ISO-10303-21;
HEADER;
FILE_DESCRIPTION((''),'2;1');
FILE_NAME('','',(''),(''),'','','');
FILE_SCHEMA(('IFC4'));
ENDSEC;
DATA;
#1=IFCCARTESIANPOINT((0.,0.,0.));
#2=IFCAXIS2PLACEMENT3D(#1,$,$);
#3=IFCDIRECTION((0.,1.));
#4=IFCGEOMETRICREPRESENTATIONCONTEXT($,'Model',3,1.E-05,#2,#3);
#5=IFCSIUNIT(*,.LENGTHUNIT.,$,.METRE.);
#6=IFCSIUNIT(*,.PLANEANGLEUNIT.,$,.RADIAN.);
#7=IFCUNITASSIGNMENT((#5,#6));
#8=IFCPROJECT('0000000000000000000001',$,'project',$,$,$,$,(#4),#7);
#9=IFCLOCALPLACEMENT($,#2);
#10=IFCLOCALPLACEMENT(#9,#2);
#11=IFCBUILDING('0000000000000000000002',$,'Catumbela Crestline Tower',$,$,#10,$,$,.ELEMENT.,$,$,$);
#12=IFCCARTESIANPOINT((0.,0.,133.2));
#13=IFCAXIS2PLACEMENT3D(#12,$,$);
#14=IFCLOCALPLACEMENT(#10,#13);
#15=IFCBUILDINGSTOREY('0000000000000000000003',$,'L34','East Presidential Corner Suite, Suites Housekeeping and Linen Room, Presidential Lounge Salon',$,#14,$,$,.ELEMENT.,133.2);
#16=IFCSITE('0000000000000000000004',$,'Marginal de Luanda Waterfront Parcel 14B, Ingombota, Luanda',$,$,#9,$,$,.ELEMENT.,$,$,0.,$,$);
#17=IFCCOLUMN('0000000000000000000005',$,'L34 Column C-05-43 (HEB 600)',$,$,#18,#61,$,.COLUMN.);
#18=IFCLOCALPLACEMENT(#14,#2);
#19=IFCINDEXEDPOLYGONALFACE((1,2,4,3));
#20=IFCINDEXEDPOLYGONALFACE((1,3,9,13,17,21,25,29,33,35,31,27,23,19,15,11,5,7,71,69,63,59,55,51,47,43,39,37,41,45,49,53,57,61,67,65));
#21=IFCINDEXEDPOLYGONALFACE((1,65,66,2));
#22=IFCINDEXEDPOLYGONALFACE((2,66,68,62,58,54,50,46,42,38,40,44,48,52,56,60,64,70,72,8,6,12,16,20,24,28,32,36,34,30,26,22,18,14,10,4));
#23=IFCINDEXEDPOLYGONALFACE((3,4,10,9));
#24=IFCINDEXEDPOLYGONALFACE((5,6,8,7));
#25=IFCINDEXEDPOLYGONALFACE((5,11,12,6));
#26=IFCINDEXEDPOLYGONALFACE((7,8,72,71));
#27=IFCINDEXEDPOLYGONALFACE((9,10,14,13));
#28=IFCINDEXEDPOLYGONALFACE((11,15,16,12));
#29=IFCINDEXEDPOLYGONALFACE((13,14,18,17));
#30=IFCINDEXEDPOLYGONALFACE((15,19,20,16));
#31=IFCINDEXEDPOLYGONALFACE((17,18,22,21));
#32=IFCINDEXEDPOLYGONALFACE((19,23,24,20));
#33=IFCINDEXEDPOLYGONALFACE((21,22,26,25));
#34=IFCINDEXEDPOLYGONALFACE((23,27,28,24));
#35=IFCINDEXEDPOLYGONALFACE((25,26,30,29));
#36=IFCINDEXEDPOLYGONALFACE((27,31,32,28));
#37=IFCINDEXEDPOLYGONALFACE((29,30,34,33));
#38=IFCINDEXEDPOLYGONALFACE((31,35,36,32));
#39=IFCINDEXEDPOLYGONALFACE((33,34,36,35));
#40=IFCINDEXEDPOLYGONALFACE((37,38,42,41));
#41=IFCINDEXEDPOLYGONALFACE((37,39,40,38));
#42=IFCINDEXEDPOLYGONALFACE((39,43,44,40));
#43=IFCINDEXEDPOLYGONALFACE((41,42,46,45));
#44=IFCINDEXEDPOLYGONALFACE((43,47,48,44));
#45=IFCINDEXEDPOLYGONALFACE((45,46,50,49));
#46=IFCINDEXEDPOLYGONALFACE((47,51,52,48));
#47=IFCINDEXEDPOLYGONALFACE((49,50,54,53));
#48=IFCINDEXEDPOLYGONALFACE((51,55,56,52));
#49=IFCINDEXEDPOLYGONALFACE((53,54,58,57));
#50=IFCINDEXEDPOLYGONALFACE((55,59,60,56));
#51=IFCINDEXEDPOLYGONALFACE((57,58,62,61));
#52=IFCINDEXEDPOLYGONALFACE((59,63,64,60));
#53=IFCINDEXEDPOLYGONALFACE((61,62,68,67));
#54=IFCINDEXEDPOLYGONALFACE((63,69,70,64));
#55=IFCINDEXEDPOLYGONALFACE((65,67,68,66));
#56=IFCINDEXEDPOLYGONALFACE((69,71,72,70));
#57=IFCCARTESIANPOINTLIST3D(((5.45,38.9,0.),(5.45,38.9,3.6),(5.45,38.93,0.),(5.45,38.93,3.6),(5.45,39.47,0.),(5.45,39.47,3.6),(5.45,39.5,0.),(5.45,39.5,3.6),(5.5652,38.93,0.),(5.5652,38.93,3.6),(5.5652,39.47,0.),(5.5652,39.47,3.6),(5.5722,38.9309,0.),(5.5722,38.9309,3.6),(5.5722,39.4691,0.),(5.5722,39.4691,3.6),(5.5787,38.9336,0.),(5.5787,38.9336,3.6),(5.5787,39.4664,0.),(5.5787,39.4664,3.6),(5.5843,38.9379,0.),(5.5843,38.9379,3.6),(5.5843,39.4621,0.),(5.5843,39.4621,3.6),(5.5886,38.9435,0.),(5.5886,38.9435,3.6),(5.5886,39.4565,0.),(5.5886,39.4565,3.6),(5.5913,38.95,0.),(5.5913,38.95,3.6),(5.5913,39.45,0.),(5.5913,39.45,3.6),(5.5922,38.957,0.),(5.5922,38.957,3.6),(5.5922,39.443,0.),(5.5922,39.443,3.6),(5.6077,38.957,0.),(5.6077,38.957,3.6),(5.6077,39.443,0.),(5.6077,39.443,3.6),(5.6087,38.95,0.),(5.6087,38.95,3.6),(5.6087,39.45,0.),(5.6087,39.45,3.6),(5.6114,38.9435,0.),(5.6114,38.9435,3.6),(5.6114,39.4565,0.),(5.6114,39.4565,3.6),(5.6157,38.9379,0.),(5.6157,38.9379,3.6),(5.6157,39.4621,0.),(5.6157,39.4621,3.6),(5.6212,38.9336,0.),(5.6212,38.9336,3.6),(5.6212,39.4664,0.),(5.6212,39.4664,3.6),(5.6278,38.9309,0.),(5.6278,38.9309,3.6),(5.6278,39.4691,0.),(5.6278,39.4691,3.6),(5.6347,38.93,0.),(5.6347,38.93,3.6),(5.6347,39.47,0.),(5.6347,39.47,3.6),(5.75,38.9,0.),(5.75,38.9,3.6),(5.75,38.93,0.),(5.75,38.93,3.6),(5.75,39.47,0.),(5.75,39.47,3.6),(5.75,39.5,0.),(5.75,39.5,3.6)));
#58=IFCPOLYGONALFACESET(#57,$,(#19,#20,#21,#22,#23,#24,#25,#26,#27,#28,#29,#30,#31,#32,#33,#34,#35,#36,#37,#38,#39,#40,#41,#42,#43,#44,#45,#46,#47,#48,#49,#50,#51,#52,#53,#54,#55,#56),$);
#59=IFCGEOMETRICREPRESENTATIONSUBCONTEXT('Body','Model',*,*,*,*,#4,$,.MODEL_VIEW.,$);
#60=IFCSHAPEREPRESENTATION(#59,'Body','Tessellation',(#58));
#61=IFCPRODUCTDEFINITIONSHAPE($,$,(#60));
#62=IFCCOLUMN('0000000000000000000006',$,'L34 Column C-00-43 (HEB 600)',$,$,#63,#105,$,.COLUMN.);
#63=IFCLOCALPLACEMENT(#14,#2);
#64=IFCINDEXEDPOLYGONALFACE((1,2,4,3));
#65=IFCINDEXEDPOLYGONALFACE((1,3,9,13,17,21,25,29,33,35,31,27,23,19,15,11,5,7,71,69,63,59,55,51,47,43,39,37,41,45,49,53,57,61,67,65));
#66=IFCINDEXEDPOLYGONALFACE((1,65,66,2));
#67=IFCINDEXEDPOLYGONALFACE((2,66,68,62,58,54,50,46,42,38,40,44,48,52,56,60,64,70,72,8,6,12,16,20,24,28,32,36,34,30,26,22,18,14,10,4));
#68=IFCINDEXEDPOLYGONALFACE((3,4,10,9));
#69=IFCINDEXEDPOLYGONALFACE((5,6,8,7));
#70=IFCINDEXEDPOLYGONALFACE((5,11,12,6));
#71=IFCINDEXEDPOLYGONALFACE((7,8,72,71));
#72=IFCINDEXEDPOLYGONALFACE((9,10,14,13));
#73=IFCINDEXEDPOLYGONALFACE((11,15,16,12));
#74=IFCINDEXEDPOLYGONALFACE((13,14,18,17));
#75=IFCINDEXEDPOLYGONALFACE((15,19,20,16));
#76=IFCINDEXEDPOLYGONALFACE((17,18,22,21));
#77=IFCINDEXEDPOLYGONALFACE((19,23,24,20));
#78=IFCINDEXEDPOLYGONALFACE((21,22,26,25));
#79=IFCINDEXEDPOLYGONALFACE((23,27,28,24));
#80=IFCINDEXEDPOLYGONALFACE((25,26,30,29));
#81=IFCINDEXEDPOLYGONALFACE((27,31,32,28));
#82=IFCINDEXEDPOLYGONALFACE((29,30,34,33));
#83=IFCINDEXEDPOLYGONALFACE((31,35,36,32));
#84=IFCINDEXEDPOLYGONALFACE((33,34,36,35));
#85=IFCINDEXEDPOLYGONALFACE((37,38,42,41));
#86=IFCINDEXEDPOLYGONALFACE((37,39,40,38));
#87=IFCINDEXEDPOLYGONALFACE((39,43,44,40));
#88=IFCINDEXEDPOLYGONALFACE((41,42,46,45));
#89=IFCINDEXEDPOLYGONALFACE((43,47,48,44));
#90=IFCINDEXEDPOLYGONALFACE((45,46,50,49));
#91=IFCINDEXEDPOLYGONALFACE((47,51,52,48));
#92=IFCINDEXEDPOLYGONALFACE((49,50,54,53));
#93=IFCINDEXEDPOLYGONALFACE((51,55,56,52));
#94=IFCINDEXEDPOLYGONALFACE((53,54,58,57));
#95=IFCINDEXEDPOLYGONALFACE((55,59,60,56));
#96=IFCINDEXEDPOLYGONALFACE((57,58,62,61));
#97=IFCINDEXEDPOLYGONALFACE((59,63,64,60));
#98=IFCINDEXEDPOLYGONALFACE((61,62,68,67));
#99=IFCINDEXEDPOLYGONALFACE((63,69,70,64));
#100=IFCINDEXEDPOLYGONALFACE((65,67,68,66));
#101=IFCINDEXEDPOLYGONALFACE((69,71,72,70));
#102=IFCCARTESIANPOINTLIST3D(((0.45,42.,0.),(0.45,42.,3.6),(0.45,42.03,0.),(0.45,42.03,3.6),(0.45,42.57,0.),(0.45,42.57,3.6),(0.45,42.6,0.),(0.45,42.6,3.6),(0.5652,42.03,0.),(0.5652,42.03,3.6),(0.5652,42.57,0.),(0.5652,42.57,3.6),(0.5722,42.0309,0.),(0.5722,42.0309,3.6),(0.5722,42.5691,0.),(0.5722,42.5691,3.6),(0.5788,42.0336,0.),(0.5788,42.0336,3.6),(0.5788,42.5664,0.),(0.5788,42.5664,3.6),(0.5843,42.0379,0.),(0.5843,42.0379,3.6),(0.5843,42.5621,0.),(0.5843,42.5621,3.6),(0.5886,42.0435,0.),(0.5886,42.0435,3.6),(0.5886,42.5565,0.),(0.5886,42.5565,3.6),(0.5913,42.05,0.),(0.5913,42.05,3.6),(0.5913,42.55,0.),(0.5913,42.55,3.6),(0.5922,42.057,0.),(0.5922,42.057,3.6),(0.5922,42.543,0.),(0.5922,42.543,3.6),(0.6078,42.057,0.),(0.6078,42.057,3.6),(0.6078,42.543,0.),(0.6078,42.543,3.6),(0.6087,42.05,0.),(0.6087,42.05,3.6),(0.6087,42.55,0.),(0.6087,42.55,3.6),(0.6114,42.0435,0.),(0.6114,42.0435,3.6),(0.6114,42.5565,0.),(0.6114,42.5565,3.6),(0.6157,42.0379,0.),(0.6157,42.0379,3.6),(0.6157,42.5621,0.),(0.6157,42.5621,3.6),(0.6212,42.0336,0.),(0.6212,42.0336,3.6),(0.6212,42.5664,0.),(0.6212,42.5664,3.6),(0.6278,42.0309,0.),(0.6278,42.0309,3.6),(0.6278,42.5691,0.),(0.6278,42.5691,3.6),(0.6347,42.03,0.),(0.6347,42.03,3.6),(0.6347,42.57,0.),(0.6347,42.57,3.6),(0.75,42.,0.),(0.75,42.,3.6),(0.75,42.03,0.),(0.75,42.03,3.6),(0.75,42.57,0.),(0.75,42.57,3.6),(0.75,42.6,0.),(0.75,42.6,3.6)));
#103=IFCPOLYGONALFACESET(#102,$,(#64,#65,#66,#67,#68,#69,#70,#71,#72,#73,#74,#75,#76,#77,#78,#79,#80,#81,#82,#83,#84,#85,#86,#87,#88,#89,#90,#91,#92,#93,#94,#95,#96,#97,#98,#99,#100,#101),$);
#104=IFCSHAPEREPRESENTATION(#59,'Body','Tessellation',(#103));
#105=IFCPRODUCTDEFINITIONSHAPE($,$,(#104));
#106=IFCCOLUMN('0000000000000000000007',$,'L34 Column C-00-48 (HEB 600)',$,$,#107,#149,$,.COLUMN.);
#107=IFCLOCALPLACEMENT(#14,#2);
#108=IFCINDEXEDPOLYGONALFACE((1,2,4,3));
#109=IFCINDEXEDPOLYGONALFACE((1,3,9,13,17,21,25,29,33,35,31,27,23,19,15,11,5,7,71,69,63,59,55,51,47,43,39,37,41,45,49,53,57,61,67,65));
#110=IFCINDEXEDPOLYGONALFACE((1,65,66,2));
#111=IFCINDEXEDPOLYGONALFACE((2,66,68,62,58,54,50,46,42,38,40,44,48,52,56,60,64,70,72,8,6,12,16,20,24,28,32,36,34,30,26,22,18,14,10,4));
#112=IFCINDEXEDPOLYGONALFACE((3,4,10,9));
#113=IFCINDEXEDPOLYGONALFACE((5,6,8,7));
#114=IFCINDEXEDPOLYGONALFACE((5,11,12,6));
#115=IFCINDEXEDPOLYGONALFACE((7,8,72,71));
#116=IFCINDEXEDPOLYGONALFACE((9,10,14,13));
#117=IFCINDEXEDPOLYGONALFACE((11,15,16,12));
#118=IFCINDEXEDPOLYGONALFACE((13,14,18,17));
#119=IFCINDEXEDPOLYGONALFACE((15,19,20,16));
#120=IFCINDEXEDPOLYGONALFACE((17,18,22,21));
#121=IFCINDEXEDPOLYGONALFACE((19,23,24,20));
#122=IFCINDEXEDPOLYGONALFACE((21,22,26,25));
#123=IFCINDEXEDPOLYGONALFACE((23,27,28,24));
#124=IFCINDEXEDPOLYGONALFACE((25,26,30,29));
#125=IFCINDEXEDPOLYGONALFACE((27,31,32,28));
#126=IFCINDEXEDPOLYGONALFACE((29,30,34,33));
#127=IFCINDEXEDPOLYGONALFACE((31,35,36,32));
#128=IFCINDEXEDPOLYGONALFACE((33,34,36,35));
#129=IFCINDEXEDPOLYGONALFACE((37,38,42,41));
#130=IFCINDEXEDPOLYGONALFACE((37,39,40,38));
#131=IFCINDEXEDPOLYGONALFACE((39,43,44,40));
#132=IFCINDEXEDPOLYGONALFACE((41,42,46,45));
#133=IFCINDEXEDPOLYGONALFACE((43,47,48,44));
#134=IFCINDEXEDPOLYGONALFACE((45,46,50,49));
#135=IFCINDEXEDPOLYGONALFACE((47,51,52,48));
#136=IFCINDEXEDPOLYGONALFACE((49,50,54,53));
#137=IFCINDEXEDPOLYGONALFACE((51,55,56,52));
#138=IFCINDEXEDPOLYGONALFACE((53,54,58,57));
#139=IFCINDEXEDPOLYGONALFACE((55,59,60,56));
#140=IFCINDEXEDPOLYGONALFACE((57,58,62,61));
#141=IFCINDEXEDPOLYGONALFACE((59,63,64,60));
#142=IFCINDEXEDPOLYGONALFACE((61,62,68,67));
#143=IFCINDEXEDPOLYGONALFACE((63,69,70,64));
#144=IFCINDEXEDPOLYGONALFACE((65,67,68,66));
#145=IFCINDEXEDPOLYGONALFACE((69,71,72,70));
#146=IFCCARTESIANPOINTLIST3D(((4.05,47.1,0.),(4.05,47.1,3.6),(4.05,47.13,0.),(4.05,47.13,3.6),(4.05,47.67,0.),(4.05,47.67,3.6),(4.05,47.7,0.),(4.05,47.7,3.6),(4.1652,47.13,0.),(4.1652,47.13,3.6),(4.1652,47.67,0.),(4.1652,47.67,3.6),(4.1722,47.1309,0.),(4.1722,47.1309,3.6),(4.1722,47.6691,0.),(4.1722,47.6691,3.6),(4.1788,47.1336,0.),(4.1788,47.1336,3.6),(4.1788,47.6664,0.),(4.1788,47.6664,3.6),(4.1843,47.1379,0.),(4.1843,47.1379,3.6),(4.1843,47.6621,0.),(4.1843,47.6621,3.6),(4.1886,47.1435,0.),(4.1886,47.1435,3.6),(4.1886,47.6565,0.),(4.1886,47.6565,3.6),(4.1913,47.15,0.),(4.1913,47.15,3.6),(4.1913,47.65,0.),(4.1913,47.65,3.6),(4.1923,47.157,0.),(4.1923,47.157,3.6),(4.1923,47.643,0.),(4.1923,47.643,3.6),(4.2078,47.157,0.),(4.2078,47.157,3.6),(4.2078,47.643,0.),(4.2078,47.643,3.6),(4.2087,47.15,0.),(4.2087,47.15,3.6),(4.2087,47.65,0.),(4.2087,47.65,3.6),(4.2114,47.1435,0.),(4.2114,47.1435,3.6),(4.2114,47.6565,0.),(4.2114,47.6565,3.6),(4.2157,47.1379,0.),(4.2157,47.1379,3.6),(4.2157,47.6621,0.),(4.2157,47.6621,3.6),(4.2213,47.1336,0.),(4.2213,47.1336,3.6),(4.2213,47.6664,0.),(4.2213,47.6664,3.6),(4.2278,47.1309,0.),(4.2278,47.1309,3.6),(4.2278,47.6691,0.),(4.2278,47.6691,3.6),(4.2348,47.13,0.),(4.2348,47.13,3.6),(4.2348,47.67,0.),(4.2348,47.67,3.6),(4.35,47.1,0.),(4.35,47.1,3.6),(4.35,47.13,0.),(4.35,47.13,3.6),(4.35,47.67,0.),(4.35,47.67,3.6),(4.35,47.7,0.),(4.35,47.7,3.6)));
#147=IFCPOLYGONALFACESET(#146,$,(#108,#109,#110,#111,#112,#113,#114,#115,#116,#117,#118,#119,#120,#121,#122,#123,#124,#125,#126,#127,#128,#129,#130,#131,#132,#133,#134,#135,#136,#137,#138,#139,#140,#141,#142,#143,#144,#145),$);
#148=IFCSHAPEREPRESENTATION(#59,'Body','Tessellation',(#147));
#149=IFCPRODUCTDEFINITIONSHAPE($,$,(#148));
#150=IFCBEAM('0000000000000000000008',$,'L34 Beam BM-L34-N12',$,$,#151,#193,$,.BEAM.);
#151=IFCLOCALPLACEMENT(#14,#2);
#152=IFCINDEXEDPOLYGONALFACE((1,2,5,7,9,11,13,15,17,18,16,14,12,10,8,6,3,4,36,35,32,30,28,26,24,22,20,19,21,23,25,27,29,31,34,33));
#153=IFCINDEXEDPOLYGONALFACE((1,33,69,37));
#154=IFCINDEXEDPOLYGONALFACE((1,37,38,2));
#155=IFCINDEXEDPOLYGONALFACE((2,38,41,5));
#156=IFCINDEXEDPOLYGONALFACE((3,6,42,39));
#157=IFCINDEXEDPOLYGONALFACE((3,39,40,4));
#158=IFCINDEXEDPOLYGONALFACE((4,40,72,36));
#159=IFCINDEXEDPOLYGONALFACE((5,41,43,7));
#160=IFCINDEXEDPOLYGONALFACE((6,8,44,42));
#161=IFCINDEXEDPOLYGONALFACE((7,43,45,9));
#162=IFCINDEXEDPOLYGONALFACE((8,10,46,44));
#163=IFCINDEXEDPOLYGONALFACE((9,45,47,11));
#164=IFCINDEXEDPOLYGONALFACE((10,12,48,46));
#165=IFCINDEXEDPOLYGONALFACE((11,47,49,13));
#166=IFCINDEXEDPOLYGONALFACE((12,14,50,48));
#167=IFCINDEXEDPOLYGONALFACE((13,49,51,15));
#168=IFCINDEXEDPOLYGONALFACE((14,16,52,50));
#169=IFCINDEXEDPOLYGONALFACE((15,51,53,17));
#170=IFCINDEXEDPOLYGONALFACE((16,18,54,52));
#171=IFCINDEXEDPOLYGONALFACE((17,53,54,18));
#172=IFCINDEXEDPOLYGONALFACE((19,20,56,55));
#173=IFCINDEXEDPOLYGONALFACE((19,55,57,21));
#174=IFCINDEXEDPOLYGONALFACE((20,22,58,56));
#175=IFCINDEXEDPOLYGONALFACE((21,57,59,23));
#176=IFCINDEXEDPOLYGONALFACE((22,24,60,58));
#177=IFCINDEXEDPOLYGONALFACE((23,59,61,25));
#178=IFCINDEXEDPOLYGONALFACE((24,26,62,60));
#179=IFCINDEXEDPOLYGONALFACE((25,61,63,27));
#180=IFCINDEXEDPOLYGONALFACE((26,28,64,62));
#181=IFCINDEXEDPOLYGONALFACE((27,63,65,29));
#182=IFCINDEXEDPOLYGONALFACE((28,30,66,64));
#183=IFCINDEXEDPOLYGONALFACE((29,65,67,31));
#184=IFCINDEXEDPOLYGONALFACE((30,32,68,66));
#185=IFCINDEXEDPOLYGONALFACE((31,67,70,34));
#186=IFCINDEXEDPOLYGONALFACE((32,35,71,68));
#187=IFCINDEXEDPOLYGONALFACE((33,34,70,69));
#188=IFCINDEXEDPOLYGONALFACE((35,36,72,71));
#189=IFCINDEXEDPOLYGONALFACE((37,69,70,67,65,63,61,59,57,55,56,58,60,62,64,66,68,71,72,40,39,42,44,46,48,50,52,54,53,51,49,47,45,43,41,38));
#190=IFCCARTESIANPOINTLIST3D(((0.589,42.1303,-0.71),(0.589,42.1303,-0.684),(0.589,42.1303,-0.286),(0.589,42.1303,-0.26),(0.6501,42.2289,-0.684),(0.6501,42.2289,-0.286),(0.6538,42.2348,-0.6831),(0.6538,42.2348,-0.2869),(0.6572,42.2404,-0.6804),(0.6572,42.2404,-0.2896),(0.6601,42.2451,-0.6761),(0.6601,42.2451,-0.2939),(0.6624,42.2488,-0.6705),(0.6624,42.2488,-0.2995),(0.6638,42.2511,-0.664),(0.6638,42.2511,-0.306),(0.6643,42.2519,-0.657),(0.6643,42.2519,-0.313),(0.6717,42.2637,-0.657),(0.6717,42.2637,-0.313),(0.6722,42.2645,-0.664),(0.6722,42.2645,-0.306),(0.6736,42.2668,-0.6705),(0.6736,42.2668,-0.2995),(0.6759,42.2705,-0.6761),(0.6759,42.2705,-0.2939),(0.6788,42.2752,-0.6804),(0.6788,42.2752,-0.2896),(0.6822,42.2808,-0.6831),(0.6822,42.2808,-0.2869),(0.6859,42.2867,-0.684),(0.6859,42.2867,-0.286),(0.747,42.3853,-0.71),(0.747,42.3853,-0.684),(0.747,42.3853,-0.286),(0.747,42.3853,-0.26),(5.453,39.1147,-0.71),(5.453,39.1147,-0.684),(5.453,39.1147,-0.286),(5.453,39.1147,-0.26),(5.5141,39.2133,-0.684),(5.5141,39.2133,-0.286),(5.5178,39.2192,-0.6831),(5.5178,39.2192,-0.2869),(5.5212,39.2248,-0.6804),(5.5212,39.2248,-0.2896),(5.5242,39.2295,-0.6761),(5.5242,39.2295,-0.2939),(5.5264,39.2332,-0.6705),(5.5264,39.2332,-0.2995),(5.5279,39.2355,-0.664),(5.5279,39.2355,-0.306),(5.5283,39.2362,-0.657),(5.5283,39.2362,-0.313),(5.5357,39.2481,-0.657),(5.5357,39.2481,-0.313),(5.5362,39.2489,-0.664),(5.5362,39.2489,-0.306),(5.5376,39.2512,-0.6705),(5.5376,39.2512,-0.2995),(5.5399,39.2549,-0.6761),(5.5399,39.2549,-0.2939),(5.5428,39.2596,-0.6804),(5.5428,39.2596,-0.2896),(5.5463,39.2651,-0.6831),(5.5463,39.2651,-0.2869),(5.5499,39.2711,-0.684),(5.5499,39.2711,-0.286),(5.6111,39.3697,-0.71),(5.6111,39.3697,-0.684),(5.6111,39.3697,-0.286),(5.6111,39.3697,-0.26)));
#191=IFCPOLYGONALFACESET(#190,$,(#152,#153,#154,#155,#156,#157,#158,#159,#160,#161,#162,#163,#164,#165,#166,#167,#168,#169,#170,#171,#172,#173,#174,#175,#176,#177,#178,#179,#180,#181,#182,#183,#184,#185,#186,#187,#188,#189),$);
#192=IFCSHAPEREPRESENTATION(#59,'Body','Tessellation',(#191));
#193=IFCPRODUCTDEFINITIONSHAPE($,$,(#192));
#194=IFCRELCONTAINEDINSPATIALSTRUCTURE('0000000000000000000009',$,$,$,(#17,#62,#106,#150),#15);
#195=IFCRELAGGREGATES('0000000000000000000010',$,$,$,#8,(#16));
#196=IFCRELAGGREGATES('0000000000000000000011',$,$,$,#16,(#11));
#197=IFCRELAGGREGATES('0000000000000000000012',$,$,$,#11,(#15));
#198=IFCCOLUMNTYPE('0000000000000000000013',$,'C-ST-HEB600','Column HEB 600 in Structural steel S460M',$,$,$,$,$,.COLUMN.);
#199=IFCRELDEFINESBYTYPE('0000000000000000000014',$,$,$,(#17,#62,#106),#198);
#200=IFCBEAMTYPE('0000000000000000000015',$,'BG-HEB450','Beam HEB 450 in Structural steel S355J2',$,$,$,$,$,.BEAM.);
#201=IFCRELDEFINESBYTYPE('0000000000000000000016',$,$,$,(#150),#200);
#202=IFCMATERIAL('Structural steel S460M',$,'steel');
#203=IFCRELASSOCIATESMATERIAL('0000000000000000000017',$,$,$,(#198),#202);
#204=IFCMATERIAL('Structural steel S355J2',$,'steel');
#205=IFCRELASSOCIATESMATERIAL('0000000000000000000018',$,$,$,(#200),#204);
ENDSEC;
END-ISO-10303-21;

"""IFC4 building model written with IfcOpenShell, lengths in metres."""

from ifc_helpers import new_model, si_unit, direction, frame, origin, origin_2d, place, context, subcontext, project, spatial, i_section, extrude, material, material_profile, profile_set, type_object, element, save


model = new_model("IFC4")

# Units and contexts
model_context = context("Model", 3, precision=1e-05, world=origin(), true_north=direction((0.0, 1.0)))
body_context = subcontext(model_context, "Body", "Model", "MODEL_VIEW")
ifc_project = project(units=[si_unit("LENGTHUNIT", "METRE"), si_unit("PLANEANGLEUNIT", "RADIAN")], contexts=[model_context])

# Site, building, storey
site_placement = place(None, origin())
site = spatial("IfcSite", under=ifc_project, at=site_placement, Name="Marginal de Luanda Waterfront Parcel 14B, Ingombota, Luanda", CompositionType="ELEMENT", RefElevation=0.0)
building_placement = place(site_placement, origin())
building = spatial("IfcBuilding", under=site, at=building_placement, Name="Catumbela Crestline Tower", CompositionType="ELEMENT")
storey_placement = place(building_placement, frame((0.0, 0.0, 133.2)))
storey = spatial("IfcBuildingStorey", under=building, at=storey_placement, Name="L34", Description="East Presidential Corner Suite, Suites Housekeeping and Linen Room, Presidential Lounge Salon", CompositionType="ELEMENT", Elevation=133.2)

# Columns
ifc_material_1 = material(Name="Structural steel S460M", Category="steel")
ifc_material_profile_1 = material_profile(ifc_material_1, i_section(OverallWidth=0.3, OverallDepth=0.6, WebThickness=0.0155, FlangeThickness=0.03, FilletRadius=0.027, at=origin_2d()), Name="HEB 600")
ifc_profile_set_1 = profile_set([ifc_material_profile_1], Name="Structural steel S460M")
column_type = type_object("IfcColumnType", Name="C-ST-HEB600", Description="Column HEB 600 in Structural steel S460M", PredefinedType="COLUMN", material=ifc_profile_set_1)
for number, where, z_axis, x_axis, name in (
    (1, (5.6, 39.2, 0.0), (0.0, 0.0, 1.0), (1.0, 0.0, 0.0), "L34 Column C-05-43 (HEB 600)"),
    (2, (0.6, 42.3, 0.0), (0.0, 0.0, 1.0), (1.0, 0.0, 0.0), "L34 Column C-00-43 (HEB 600)"),
    (3, (4.2, 47.4, 0.0), (0.0, 0.0, 1.0), (1.0, 0.0, 0.0), "L34 Column C-00-48 (HEB 600)"),
):
    element("IfcColumn", number, at=place(storey_placement, frame(where, z_axis=z_axis, x_axis=x_axis)), inside=storey, type_object=column_type, Name=name, PredefinedType="COLUMN", context=body_context, shape_type="SweptSolid", body=[
        extrude(i_section(OverallWidth=0.3, OverallDepth=0.6, WebThickness=0.0155, FlangeThickness=0.03, FilletRadius=0.027, at=origin_2d()), origin(), (0.0, 0.0, 1.0), 3.6),
    ])

# Beam
ifc_material_2 = material(Name="Structural steel S355J2", Category="steel")
ifc_material_profile_2 = material_profile(ifc_material_2, i_section(OverallWidth=0.3, OverallDepth=0.45, WebThickness=0.014, FlangeThickness=0.026, FilletRadius=0.027, at=origin_2d()), Name="HEB 450")
ifc_profile_set_2 = profile_set([ifc_material_profile_2], Name="Structural steel S355J2")
beam_type_1 = type_object("IfcBeamType", Name="BG-HEB450", Description="Beam HEB 450 in Structural steel S355J2", PredefinedType="BEAM", material=ifc_profile_set_2)
beam_1_placement = place(storey_placement, frame((0.668, 42.2578, -0.485), z_axis=(0.849909, -0.52693, 0.0), x_axis=(0.52693, 0.849909, 0.0)))
element("IfcBeam", 4, at=beam_1_placement, inside=storey, type_object=beam_type_1, Name="L34 Beam BM-L34-N12", PredefinedType="BEAM", context=body_context, shape_type="SweptSolid", body=[
    extrude(i_section(OverallWidth=0.3, OverallDepth=0.45, WebThickness=0.014, FlangeThickness=0.026, FilletRadius=0.027, at=origin_2d()), origin(), (0.0, 0.0, 1.0), 5.723),
])

save(model, "model.ifc")
